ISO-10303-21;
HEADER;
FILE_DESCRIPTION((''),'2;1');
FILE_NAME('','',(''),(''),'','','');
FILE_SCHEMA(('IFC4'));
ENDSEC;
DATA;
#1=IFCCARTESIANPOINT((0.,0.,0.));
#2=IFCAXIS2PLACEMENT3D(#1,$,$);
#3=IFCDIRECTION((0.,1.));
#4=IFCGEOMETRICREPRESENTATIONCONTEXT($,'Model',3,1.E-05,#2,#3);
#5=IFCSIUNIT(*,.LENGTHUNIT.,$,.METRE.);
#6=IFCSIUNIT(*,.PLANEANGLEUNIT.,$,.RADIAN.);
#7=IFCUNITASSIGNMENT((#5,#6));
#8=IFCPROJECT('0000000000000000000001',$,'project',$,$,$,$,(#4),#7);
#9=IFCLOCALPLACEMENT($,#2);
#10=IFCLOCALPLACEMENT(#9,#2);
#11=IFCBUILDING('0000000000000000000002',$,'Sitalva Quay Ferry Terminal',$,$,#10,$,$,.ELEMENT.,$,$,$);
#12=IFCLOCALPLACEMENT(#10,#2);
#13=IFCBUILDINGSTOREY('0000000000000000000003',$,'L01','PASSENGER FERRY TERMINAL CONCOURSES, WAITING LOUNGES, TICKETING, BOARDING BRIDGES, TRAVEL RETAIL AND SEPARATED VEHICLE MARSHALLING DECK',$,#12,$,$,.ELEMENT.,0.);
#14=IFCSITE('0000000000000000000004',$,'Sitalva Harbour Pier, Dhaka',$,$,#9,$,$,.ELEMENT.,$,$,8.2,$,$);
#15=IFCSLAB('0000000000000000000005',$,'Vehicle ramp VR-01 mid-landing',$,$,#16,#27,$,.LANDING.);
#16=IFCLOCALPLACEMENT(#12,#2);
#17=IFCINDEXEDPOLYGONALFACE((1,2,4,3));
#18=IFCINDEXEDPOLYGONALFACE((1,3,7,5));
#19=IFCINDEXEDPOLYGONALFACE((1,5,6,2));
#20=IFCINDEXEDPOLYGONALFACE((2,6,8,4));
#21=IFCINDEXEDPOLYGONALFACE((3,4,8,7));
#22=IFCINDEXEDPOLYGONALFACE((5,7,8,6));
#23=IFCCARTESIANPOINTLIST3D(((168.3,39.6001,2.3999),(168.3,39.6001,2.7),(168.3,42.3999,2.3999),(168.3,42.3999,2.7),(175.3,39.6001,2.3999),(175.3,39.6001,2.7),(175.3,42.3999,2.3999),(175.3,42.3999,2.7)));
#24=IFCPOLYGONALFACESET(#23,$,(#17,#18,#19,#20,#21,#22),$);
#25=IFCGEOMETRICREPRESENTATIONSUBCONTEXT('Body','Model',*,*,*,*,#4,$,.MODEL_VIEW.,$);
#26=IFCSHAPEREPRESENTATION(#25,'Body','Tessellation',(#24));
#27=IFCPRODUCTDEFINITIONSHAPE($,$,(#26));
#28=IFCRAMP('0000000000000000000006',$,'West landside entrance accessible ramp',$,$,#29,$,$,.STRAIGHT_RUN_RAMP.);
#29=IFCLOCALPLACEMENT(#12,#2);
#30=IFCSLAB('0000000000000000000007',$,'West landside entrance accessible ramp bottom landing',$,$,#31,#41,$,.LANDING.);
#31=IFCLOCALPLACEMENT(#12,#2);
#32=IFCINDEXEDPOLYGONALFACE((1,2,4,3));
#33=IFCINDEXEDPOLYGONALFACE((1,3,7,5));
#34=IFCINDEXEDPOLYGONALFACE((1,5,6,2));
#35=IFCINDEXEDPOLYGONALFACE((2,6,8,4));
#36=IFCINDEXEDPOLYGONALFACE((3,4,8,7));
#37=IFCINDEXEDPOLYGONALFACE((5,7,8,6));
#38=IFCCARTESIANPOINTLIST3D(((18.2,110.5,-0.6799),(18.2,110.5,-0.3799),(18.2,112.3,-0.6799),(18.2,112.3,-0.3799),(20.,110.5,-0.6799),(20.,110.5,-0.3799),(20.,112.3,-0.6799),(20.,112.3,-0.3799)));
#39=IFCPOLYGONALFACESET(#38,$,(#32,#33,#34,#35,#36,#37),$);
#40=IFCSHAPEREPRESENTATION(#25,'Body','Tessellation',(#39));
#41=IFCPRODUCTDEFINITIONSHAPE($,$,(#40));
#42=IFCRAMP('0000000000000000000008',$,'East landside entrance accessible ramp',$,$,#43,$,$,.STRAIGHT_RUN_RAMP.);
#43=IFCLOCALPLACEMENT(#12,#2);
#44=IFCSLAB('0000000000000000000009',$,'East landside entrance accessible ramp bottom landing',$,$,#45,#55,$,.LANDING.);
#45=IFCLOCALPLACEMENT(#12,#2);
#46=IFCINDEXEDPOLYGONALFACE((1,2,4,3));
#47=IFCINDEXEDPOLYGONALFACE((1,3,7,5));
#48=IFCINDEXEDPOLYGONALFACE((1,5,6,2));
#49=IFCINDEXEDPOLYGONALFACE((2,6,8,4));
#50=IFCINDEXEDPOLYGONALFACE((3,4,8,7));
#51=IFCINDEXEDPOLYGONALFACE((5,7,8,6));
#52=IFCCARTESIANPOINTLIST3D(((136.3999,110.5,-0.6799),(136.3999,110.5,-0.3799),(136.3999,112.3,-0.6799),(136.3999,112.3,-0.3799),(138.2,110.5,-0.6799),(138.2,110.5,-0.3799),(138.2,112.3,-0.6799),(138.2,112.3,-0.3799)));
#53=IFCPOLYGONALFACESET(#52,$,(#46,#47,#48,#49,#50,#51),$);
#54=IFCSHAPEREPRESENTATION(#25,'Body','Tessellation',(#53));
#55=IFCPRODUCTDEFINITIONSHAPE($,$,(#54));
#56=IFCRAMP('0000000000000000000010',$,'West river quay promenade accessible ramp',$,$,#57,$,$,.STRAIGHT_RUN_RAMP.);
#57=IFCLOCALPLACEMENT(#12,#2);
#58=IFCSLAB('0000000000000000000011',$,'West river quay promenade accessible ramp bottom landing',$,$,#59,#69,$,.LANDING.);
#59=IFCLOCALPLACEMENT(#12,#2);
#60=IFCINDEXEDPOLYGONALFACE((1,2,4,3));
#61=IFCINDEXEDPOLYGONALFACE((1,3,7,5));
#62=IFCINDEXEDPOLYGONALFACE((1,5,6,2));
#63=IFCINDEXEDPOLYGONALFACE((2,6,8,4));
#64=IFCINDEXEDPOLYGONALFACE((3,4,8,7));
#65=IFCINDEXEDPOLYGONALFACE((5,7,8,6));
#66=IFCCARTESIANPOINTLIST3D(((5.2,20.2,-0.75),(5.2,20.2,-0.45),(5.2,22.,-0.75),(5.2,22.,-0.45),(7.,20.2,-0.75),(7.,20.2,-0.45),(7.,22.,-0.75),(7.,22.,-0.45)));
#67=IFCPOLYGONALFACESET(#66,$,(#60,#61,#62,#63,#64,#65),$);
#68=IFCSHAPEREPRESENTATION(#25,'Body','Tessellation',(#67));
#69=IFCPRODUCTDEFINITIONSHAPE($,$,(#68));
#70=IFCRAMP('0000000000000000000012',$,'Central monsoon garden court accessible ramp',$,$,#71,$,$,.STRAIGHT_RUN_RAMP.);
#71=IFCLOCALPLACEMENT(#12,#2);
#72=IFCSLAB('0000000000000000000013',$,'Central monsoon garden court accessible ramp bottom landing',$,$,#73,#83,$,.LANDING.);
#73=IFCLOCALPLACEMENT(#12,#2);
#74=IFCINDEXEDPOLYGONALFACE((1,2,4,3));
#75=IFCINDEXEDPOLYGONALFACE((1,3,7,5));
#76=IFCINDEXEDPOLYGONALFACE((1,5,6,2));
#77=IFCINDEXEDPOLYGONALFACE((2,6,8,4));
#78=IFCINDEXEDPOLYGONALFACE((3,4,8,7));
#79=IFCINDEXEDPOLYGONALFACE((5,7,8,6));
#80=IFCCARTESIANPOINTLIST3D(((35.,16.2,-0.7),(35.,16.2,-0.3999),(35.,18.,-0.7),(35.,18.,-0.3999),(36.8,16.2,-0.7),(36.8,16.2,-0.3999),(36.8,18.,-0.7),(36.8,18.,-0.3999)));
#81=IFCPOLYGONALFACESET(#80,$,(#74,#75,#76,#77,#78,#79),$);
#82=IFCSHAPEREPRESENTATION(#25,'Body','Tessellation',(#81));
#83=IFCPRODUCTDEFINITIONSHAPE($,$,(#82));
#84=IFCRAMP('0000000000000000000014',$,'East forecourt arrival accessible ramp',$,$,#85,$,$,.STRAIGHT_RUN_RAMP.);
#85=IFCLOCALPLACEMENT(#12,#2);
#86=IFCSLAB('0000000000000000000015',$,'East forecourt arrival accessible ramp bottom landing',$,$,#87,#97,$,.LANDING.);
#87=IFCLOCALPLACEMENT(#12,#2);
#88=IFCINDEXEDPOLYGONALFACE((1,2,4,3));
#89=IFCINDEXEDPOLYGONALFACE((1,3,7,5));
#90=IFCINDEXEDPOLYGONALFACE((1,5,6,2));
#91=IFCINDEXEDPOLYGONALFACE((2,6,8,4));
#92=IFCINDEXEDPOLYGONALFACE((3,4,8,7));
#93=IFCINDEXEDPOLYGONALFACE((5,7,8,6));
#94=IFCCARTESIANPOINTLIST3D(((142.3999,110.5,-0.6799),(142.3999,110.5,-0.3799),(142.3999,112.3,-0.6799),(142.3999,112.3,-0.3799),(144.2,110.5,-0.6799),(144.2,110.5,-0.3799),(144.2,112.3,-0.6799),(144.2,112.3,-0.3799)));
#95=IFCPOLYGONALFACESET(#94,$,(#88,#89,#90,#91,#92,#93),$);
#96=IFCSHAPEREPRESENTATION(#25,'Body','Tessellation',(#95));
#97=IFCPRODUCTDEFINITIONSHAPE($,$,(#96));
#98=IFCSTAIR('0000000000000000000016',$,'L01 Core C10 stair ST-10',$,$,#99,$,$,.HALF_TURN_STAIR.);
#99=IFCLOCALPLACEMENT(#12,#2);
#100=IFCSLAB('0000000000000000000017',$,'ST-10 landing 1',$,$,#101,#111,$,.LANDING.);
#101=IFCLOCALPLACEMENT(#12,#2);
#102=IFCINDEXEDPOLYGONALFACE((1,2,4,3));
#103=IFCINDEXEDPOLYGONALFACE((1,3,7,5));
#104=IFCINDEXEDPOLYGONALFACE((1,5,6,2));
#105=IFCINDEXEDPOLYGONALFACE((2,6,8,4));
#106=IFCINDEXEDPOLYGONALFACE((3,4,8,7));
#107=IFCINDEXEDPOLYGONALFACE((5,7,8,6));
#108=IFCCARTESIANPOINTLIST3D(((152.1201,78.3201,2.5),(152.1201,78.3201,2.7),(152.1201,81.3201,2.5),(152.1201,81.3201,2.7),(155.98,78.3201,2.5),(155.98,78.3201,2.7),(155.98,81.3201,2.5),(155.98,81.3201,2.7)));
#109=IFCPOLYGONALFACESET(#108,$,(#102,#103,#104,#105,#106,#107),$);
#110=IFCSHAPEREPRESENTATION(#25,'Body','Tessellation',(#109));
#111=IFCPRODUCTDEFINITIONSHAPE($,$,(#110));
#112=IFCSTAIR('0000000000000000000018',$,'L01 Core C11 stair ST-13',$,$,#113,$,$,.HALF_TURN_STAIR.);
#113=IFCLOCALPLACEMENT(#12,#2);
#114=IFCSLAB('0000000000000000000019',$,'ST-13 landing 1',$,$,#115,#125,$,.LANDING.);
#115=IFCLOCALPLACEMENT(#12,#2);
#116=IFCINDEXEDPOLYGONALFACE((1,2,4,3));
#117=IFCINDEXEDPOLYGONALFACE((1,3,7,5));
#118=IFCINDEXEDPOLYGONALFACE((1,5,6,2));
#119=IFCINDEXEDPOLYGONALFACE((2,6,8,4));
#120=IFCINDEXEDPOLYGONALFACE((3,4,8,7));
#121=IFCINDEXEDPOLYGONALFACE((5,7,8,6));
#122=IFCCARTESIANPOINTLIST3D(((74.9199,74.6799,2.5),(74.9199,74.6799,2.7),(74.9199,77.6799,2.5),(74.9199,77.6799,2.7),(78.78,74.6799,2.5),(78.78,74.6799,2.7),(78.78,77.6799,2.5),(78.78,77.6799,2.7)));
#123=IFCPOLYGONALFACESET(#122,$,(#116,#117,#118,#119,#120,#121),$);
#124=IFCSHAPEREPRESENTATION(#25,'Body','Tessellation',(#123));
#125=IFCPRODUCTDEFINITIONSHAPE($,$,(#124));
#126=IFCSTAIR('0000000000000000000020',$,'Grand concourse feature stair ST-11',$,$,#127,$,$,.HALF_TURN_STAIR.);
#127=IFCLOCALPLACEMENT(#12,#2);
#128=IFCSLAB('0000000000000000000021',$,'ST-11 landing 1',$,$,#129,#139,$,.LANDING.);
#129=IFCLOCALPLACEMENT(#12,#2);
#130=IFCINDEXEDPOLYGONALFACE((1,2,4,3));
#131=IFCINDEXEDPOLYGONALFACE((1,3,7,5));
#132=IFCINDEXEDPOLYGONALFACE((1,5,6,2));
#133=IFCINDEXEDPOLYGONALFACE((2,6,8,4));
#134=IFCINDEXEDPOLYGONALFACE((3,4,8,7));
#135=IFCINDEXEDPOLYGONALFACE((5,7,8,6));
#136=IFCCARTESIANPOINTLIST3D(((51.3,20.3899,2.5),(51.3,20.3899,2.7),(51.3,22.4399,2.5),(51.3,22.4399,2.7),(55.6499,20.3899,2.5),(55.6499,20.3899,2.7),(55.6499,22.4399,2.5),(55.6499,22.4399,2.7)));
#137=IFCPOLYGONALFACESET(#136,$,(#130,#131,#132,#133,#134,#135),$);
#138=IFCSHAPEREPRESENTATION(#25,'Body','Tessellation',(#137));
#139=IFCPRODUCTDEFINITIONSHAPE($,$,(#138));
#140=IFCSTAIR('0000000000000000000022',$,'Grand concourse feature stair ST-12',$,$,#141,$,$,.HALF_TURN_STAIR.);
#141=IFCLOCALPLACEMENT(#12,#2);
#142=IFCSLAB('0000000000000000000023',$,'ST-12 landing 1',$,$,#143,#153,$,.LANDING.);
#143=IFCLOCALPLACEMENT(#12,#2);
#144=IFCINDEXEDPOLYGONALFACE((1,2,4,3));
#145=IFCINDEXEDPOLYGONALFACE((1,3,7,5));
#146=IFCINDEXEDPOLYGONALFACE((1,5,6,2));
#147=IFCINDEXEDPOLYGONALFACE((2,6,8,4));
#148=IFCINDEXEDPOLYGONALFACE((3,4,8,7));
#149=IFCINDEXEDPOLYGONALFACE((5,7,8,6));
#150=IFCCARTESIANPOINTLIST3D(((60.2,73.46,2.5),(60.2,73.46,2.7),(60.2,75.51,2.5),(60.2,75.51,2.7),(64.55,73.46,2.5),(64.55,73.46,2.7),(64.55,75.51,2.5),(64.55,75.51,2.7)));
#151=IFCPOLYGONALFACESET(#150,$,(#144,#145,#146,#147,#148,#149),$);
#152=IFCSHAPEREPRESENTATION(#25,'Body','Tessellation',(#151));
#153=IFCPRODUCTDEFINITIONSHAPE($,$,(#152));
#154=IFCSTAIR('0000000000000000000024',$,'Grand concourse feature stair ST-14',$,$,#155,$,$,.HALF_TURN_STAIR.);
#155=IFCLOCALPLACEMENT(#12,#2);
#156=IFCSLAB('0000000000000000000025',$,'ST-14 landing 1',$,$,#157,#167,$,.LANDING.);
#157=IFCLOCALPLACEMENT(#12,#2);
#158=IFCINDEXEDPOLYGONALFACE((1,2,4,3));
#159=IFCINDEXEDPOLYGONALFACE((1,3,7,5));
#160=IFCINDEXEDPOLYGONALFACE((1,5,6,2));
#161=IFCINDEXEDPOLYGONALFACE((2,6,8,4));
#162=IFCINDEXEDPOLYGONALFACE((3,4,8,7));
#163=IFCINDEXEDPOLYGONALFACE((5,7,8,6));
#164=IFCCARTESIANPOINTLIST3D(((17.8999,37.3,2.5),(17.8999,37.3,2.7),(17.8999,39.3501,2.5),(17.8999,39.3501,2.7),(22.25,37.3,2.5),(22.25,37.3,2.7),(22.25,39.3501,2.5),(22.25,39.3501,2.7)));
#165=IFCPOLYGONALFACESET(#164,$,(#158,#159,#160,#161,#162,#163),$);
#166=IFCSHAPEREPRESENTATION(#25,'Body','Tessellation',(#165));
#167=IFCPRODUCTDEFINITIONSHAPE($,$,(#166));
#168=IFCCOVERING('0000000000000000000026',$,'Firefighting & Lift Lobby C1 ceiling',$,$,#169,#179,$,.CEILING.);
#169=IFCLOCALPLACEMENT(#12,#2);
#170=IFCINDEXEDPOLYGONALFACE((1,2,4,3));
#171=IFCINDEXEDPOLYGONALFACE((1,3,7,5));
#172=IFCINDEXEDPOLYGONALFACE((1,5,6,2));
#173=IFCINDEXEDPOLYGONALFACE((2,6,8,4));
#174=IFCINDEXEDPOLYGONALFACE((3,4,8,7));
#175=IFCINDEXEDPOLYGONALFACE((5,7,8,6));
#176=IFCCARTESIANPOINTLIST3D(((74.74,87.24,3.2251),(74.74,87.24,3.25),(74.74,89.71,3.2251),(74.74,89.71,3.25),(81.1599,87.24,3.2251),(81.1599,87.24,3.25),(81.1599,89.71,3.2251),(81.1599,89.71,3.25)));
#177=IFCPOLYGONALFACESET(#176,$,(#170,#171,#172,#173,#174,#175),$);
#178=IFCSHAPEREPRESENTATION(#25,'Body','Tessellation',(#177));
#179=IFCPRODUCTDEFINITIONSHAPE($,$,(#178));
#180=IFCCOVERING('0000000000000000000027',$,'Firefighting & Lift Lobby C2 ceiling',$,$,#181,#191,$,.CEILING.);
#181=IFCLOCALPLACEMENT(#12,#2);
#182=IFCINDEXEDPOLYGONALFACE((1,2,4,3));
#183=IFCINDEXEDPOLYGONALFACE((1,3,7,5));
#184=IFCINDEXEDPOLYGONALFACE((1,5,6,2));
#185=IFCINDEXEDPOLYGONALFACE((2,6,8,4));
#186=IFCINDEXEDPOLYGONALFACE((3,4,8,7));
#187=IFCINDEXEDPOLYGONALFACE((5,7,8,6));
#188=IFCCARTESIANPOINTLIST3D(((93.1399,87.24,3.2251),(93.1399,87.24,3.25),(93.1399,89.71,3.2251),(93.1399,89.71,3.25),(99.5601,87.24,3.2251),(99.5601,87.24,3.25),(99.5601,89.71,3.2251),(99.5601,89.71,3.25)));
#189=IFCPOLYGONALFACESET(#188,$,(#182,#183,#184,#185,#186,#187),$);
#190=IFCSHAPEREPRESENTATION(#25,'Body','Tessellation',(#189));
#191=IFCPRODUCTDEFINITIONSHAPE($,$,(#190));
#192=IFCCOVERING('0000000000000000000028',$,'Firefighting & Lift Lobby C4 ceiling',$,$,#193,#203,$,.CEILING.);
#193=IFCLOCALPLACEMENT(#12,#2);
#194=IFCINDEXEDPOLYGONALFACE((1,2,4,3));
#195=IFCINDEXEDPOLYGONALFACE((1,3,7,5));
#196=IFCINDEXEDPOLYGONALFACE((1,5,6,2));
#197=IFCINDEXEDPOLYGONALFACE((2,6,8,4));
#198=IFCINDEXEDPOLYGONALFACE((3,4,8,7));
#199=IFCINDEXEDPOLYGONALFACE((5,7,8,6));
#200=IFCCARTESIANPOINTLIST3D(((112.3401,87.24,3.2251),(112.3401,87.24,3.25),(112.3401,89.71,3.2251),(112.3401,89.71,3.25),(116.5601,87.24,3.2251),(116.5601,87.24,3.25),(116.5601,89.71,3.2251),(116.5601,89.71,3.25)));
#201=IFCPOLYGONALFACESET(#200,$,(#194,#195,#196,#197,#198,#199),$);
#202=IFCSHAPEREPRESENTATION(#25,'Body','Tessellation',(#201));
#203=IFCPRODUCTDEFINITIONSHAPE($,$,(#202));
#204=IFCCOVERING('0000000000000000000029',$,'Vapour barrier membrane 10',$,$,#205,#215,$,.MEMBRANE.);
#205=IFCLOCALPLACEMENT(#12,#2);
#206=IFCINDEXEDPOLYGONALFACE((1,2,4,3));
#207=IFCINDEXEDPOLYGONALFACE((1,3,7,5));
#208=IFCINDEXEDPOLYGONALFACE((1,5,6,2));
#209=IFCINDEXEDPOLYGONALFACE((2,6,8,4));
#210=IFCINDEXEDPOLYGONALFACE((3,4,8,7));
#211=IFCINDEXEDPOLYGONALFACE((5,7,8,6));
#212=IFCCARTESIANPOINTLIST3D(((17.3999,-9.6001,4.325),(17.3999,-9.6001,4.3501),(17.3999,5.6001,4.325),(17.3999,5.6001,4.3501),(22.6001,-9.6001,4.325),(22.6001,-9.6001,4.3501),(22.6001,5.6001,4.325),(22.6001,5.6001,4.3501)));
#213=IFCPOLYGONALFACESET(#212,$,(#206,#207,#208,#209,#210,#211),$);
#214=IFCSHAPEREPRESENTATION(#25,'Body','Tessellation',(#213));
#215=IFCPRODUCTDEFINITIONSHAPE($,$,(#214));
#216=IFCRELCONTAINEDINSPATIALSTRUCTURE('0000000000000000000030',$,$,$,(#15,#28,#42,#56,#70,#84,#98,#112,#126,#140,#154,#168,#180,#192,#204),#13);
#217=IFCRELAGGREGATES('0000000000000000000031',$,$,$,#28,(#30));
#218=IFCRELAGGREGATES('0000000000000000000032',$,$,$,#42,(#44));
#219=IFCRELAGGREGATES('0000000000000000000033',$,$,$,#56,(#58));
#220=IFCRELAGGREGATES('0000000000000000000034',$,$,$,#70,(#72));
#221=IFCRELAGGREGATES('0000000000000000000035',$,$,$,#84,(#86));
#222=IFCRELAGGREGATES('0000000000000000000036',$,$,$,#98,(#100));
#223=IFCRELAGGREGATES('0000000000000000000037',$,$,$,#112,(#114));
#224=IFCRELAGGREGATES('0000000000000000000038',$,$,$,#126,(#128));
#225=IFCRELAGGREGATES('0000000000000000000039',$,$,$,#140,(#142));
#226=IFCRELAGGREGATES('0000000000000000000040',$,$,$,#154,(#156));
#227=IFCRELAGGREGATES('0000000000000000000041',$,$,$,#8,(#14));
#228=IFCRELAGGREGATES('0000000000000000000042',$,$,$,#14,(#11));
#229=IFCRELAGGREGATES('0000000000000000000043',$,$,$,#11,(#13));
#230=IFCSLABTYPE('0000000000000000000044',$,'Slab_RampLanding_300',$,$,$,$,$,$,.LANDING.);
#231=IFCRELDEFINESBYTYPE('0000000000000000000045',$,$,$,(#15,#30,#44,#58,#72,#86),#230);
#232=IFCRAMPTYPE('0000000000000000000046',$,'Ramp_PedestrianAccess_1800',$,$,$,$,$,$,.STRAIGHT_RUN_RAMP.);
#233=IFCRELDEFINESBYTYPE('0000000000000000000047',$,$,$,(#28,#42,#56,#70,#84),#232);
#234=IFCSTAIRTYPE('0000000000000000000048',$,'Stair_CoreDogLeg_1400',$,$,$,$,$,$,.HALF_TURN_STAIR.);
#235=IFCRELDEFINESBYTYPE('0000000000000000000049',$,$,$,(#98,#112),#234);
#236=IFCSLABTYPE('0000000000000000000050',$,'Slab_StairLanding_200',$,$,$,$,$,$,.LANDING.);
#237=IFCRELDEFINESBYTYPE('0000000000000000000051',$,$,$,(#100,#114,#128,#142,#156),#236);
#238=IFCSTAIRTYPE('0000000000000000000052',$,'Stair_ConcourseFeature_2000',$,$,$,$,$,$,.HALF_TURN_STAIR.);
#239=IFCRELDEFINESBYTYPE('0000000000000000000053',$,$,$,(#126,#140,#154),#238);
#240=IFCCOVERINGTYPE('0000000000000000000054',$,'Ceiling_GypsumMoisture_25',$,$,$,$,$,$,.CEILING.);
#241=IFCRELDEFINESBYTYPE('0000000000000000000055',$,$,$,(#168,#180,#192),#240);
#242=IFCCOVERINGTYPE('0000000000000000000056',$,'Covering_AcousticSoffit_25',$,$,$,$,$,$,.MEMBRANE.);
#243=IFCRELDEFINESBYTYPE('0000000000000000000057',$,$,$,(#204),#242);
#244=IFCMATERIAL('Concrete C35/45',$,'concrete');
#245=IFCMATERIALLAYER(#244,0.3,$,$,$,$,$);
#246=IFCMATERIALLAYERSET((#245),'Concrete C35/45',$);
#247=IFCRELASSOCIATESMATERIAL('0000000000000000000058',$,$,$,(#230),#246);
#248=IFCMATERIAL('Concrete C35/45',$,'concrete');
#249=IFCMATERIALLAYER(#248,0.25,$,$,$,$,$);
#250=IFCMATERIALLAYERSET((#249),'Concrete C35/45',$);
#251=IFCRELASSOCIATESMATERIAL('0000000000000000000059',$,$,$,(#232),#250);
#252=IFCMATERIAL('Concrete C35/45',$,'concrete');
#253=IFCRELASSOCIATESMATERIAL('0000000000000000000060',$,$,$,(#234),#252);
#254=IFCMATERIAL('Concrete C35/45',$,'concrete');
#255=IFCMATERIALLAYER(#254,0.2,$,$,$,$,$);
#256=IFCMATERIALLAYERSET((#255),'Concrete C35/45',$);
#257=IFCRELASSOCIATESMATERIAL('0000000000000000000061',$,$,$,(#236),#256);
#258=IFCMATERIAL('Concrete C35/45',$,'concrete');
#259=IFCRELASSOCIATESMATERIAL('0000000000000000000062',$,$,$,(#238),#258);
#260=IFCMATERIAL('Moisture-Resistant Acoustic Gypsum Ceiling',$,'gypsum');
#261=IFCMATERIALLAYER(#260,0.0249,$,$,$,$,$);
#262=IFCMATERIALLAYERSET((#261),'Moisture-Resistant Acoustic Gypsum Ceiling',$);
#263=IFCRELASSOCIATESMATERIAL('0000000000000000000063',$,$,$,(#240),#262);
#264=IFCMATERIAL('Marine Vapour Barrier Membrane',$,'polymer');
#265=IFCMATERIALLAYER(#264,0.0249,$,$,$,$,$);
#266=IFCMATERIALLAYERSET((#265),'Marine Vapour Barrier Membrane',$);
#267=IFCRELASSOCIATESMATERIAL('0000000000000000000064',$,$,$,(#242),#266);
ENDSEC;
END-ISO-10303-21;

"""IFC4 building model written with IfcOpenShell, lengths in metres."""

from ifc_helpers import new_model, si_unit, direction, frame, origin, place, context, subcontext, project, spatial, polyline, outline, extrude, material, layer, layer_set, type_object, element, aggregate, save


model = new_model("IFC4")

# Units and contexts
model_context = context("Model", 3, precision=1e-05, world=origin(), true_north=direction((0.0, 1.0)))
body_context = subcontext(model_context, "Body", "Model", "MODEL_VIEW")
ifc_project = project(units=[si_unit("LENGTHUNIT", "METRE"), si_unit("PLANEANGLEUNIT", "RADIAN")], contexts=[model_context])

# Site, building, storey
site_placement = place(None, origin())
site = spatial("IfcSite", under=ifc_project, at=site_placement, Name="Sitalva Harbour Pier, Dhaka", CompositionType="ELEMENT", RefElevation=8.2)
building_placement = place(site_placement, origin())
building = spatial("IfcBuilding", under=site, at=building_placement, Name="Sitalva Quay Ferry Terminal", CompositionType="ELEMENT")
storey_placement = place(building_placement, origin())
storey = spatial("IfcBuildingStorey", under=building, at=storey_placement, Name="L01", Description="PASSENGER FERRY TERMINAL CONCOURSES, WAITING LOUNGES, TICKETING, BOARDING BRIDGES, TRAVEL RETAIL AND SEPARATED VEHICLE MARSHALLING DECK", CompositionType="ELEMENT", Elevation=0.0)

# Slab
ifc_material_1 = material(Name="Concrete C35/45", Category="concrete")
ifc_layer_1 = layer(ifc_material_1, 0.3)
ifc_layer_set_1 = layer_set([ifc_layer_1], Name="Concrete C35/45")
slab_type_1 = type_object("IfcSlabType", Name="Slab_RampLanding_300", PredefinedType="LANDING", material=ifc_layer_set_1)
slab_1_placement = place(storey_placement, frame((0.0, 0.0, 2.3999)))
element("IfcSlab", 1, at=slab_1_placement, inside=storey, type_object=slab_type_1, Name="Vehicle ramp VR-01 mid-landing", PredefinedType="LANDING", context=body_context, shape_type="SweptSolid", body=[
    extrude(outline(polyline([(168.3, 39.6001), (175.3, 39.6001), (175.3, 42.3999), (168.3, 42.3999), (168.3, 39.6001)])), origin(), (0.0, 0.0, 1.0), 0.3),
])

# Ramps, slabs
ifc_material_2 = material(Name="Concrete C35/45", Category="concrete")
ifc_layer_2 = layer(ifc_material_2, 0.25)
ifc_layer_set_2 = layer_set([ifc_layer_2], Name="Concrete C35/45")
ramp_type = type_object("IfcRampType", Name="Ramp_PedestrianAccess_1800", PredefinedType="STRAIGHT_RUN_RAMP", material=ifc_layer_set_2)
ramp_1_placement = place(storey_placement, origin())
ramp_1 = element("IfcRamp", 2, at=ramp_1_placement, inside=storey, type_object=ramp_type, Name="West landside entrance accessible ramp", PredefinedType="STRAIGHT_RUN_RAMP")
slab_2_placement = place(storey_placement, frame((0.0, 0.0, -0.6799)))
slab_2 = element("IfcSlab", 3, at=slab_2_placement, type_object=slab_type_1, Name="West landside entrance accessible ramp bottom landing", PredefinedType="LANDING", context=body_context, shape_type="SweptSolid", body=[
    extrude(outline(polyline([(18.2, 110.5), (20.0, 110.5), (20.0, 112.3), (18.2, 112.3), (18.2, 110.5)])), origin(), (0.0, 0.0, 1.0), 0.3),
])
aggregate(ramp_1, [slab_2])
ramp_2_placement = place(storey_placement, origin())
ramp_2 = element("IfcRamp", 4, at=ramp_2_placement, inside=storey, type_object=ramp_type, Name="East landside entrance accessible ramp", PredefinedType="STRAIGHT_RUN_RAMP")
slab_3_placement = place(storey_placement, frame((0.0, 0.0, -0.6799)))
slab_3 = element("IfcSlab", 5, at=slab_3_placement, type_object=slab_type_1, Name="East landside entrance accessible ramp bottom landing", PredefinedType="LANDING", context=body_context, shape_type="SweptSolid", body=[
    extrude(outline(polyline([(136.3999, 110.5), (138.2, 110.5), (138.2, 112.3), (136.3999, 112.3), (136.3999, 110.5)])), origin(), (0.0, 0.0, 1.0), 0.3),
])
aggregate(ramp_2, [slab_3])
ramp_3_placement = place(storey_placement, origin())
ramp_3 = element("IfcRamp", 6, at=ramp_3_placement, inside=storey, type_object=ramp_type, Name="West river quay promenade accessible ramp", PredefinedType="STRAIGHT_RUN_RAMP")
slab_4_placement = place(storey_placement, frame((0.0, 0.0, -0.75)))
slab_4 = element("IfcSlab", 7, at=slab_4_placement, type_object=slab_type_1, Name="West river quay promenade accessible ramp bottom landing", PredefinedType="LANDING", context=body_context, shape_type="SweptSolid", body=[
    extrude(outline(polyline([(5.2, 20.2), (7.0, 20.2), (7.0, 22.0), (5.2, 22.0), (5.2, 20.2)])), origin(), (0.0, 0.0, 1.0), 0.3),
])
aggregate(ramp_3, [slab_4])
ramp_4_placement = place(storey_placement, origin())
ramp_4 = element("IfcRamp", 8, at=ramp_4_placement, inside=storey, type_object=ramp_type, Name="Central monsoon garden court accessible ramp", PredefinedType="STRAIGHT_RUN_RAMP")
slab_5_placement = place(storey_placement, frame((0.0, 0.0, -0.7)))
slab_5 = element("IfcSlab", 9, at=slab_5_placement, type_object=slab_type_1, Name="Central monsoon garden court accessible ramp bottom landing", PredefinedType="LANDING", context=body_context, shape_type="SweptSolid", body=[
    extrude(outline(polyline([(35.0, 16.2), (36.8, 16.2), (36.8, 18.0), (35.0, 18.0), (35.0, 16.2)])), origin(), (0.0, 0.0, 1.0), 0.3),
])
aggregate(ramp_4, [slab_5])
ramp_5_placement = place(storey_placement, origin())
ramp_5 = element("IfcRamp", 10, at=ramp_5_placement, inside=storey, type_object=ramp_type, Name="East forecourt arrival accessible ramp", PredefinedType="STRAIGHT_RUN_RAMP")
slab_6_placement = place(storey_placement, frame((0.0, 0.0, -0.6799)))
slab_6 = element("IfcSlab", 11, at=slab_6_placement, type_object=slab_type_1, Name="East forecourt arrival accessible ramp bottom landing", PredefinedType="LANDING", context=body_context, shape_type="SweptSolid", body=[
    extrude(outline(polyline([(142.3999, 110.5), (144.2, 110.5), (144.2, 112.3), (142.3999, 112.3), (142.3999, 110.5)])), origin(), (0.0, 0.0, 1.0), 0.3),
])
aggregate(ramp_5, [slab_6])

# Stairs, slabs
ifc_material_3 = material(Name="Concrete C35/45", Category="concrete")
stair_type_1 = type_object("IfcStairType", Name="Stair_CoreDogLeg_1400", PredefinedType="HALF_TURN_STAIR", material=ifc_material_3)
stair_1_placement = place(storey_placement, origin())
stair_1 = element("IfcStair", 12, at=stair_1_placement, inside=storey, type_object=stair_type_1, Name="L01 Core C10 stair ST-10", PredefinedType="HALF_TURN_STAIR")
ifc_material_4 = material(Name="Concrete C35/45", Category="concrete")
ifc_layer_3 = layer(ifc_material_4, 0.2)
ifc_layer_set_3 = layer_set([ifc_layer_3], Name="Concrete C35/45")
slab_type_2 = type_object("IfcSlabType", Name="Slab_StairLanding_200", PredefinedType="LANDING", material=ifc_layer_set_3)
slab_7_placement = place(storey_placement, frame((0.0, 0.0, 2.5)))
slab_7 = element("IfcSlab", 13, at=slab_7_placement, type_object=slab_type_2, Name="ST-10 landing 1", PredefinedType="LANDING", context=body_context, shape_type="SweptSolid", body=[
    extrude(outline(polyline([(152.1201, 81.3201), (152.1201, 78.3201), (155.98, 78.3201), (155.98, 81.3201), (152.1201, 81.3201)])), origin(), (0.0, 0.0, 1.0), 0.2),
])
aggregate(stair_1, [slab_7])
stair_2_placement = place(storey_placement, origin())
stair_2 = element("IfcStair", 14, at=stair_2_placement, inside=storey, type_object=stair_type_1, Name="L01 Core C11 stair ST-13", PredefinedType="HALF_TURN_STAIR")
slab_8_placement = place(storey_placement, frame((0.0, 0.0, 2.5)))
slab_8 = element("IfcSlab", 15, at=slab_8_placement, type_object=slab_type_2, Name="ST-13 landing 1", PredefinedType="LANDING", context=body_context, shape_type="SweptSolid", body=[
    extrude(outline(polyline([(78.78, 74.6799), (78.78, 77.6799), (74.9199, 77.6799), (74.9199, 74.6799), (78.78, 74.6799)])), origin(), (0.0, 0.0, 1.0), 0.2),
])
aggregate(stair_2, [slab_8])
ifc_material_5 = material(Name="Concrete C35/45", Category="concrete")
stair_type_2 = type_object("IfcStairType", Name="Stair_ConcourseFeature_2000", PredefinedType="HALF_TURN_STAIR", material=ifc_material_5)
stair_3_placement = place(storey_placement, origin())
stair_3 = element("IfcStair", 16, at=stair_3_placement, inside=storey, type_object=stair_type_2, Name="Grand concourse feature stair ST-11", PredefinedType="HALF_TURN_STAIR")
slab_9_placement = place(storey_placement, frame((0.0, 0.0, 2.5)))
slab_9 = element("IfcSlab", 17, at=slab_9_placement, type_object=slab_type_2, Name="ST-11 landing 1", PredefinedType="LANDING", context=body_context, shape_type="SweptSolid", body=[
    extrude(outline(polyline([(51.3, 20.3899), (55.6499, 20.3899), (55.6499, 22.4399), (51.3, 22.4399), (51.3, 20.3899)])), origin(), (0.0, 0.0, 1.0), 0.2),
])
aggregate(stair_3, [slab_9])
stair_4_placement = place(storey_placement, origin())
stair_4 = element("IfcStair", 18, at=stair_4_placement, inside=storey, type_object=stair_type_2, Name="Grand concourse feature stair ST-12", PredefinedType="HALF_TURN_STAIR")
slab_10_placement = place(storey_placement, frame((0.0, 0.0, 2.5)))
slab_10 = element("IfcSlab", 19, at=slab_10_placement, type_object=slab_type_2, Name="ST-12 landing 1", PredefinedType="LANDING", context=body_context, shape_type="SweptSolid", body=[
    extrude(outline(polyline([(60.2, 73.46), (64.55, 73.46), (64.55, 75.51), (60.2, 75.51), (60.2, 73.46)])), origin(), (0.0, 0.0, 1.0), 0.2),
])
aggregate(stair_4, [slab_10])
stair_5_placement = place(storey_placement, origin())
stair_5 = element("IfcStair", 20, at=stair_5_placement, inside=storey, type_object=stair_type_2, Name="Grand concourse feature stair ST-14", PredefinedType="HALF_TURN_STAIR")
slab_11_placement = place(storey_placement, frame((0.0, 0.0, 2.5)))
slab_11 = element("IfcSlab", 21, at=slab_11_placement, type_object=slab_type_2, Name="ST-14 landing 1", PredefinedType="LANDING", context=body_context, shape_type="SweptSolid", body=[
    extrude(outline(polyline([(17.8999, 37.3), (22.25, 37.3), (22.25, 39.3501), (17.8999, 39.3501), (17.8999, 37.3)])), origin(), (0.0, 0.0, 1.0), 0.2),
])
aggregate(stair_5, [slab_11])

# Coverings
ifc_material_6 = material(Name="Moisture-Resistant Acoustic Gypsum Ceiling", Category="gypsum")
ifc_layer_4 = layer(ifc_material_6, 0.0249)
ifc_layer_set_4 = layer_set([ifc_layer_4], Name="Moisture-Resistant Acoustic Gypsum Ceiling")
covering_type_1 = type_object("IfcCoveringType", Name="Ceiling_GypsumMoisture_25", PredefinedType="CEILING", material=ifc_layer_set_4)
covering_1_placement = place(storey_placement, frame((0.0, 0.0, 3.2251)))
element("IfcCovering", 22, at=covering_1_placement, inside=storey, type_object=covering_type_1, Name="Firefighting & Lift Lobby C1 ceiling", PredefinedType="CEILING", context=body_context, shape_type="SweptSolid", body=[
    extrude(outline(polyline([(74.74, 87.24), (81.1599, 87.24), (81.1599, 89.71), (74.74, 89.71), (74.74, 87.24)])), origin(), (0.0, 0.0, 1.0), 0.0249),
])
covering_2_placement = place(storey_placement, frame((0.0, 0.0, 3.2251)))
element("IfcCovering", 23, at=covering_2_placement, inside=storey, type_object=covering_type_1, Name="Firefighting & Lift Lobby C2 ceiling", PredefinedType="CEILING", context=body_context, shape_type="SweptSolid", body=[
    extrude(outline(polyline([(93.1399, 87.24), (99.5601, 87.24), (99.5601, 89.71), (93.1399, 89.71), (93.1399, 87.24)])), origin(), (0.0, 0.0, 1.0), 0.0249),
])
covering_3_placement = place(storey_placement, frame((0.0, 0.0, 3.2251)))
element("IfcCovering", 24, at=covering_3_placement, inside=storey, type_object=covering_type_1, Name="Firefighting & Lift Lobby C4 ceiling", PredefinedType="CEILING", context=body_context, shape_type="SweptSolid", body=[
    extrude(outline(polyline([(112.3401, 87.24), (116.5601, 87.24), (116.5601, 89.71), (112.3401, 89.71), (112.3401, 87.24)])), origin(), (0.0, 0.0, 1.0), 0.0249),
])
ifc_material_7 = material(Name="Marine Vapour Barrier Membrane", Category="polymer")
ifc_layer_5 = layer(ifc_material_7, 0.0249)
ifc_layer_set_5 = layer_set([ifc_layer_5], Name="Marine Vapour Barrier Membrane")
covering_type_2 = type_object("IfcCoveringType", Name="Covering_AcousticSoffit_25", PredefinedType="MEMBRANE", material=ifc_layer_set_5)
covering_4_placement = place(storey_placement, frame((0.0, 0.0, 4.325)))
element("IfcCovering", 25, at=covering_4_placement, inside=storey, type_object=covering_type_2, Name="Vapour barrier membrane 10", PredefinedType="MEMBRANE", context=body_context, shape_type="SweptSolid", body=[
    extrude(outline(polyline([(17.3999, -9.6001), (22.6001, -9.6001), (22.6001, 5.6001), (17.3999, 5.6001), (17.3999, -9.6001)])), origin(), (0.0, 0.0, 1.0), 0.0251),
])

save(model, "model.ifc")
